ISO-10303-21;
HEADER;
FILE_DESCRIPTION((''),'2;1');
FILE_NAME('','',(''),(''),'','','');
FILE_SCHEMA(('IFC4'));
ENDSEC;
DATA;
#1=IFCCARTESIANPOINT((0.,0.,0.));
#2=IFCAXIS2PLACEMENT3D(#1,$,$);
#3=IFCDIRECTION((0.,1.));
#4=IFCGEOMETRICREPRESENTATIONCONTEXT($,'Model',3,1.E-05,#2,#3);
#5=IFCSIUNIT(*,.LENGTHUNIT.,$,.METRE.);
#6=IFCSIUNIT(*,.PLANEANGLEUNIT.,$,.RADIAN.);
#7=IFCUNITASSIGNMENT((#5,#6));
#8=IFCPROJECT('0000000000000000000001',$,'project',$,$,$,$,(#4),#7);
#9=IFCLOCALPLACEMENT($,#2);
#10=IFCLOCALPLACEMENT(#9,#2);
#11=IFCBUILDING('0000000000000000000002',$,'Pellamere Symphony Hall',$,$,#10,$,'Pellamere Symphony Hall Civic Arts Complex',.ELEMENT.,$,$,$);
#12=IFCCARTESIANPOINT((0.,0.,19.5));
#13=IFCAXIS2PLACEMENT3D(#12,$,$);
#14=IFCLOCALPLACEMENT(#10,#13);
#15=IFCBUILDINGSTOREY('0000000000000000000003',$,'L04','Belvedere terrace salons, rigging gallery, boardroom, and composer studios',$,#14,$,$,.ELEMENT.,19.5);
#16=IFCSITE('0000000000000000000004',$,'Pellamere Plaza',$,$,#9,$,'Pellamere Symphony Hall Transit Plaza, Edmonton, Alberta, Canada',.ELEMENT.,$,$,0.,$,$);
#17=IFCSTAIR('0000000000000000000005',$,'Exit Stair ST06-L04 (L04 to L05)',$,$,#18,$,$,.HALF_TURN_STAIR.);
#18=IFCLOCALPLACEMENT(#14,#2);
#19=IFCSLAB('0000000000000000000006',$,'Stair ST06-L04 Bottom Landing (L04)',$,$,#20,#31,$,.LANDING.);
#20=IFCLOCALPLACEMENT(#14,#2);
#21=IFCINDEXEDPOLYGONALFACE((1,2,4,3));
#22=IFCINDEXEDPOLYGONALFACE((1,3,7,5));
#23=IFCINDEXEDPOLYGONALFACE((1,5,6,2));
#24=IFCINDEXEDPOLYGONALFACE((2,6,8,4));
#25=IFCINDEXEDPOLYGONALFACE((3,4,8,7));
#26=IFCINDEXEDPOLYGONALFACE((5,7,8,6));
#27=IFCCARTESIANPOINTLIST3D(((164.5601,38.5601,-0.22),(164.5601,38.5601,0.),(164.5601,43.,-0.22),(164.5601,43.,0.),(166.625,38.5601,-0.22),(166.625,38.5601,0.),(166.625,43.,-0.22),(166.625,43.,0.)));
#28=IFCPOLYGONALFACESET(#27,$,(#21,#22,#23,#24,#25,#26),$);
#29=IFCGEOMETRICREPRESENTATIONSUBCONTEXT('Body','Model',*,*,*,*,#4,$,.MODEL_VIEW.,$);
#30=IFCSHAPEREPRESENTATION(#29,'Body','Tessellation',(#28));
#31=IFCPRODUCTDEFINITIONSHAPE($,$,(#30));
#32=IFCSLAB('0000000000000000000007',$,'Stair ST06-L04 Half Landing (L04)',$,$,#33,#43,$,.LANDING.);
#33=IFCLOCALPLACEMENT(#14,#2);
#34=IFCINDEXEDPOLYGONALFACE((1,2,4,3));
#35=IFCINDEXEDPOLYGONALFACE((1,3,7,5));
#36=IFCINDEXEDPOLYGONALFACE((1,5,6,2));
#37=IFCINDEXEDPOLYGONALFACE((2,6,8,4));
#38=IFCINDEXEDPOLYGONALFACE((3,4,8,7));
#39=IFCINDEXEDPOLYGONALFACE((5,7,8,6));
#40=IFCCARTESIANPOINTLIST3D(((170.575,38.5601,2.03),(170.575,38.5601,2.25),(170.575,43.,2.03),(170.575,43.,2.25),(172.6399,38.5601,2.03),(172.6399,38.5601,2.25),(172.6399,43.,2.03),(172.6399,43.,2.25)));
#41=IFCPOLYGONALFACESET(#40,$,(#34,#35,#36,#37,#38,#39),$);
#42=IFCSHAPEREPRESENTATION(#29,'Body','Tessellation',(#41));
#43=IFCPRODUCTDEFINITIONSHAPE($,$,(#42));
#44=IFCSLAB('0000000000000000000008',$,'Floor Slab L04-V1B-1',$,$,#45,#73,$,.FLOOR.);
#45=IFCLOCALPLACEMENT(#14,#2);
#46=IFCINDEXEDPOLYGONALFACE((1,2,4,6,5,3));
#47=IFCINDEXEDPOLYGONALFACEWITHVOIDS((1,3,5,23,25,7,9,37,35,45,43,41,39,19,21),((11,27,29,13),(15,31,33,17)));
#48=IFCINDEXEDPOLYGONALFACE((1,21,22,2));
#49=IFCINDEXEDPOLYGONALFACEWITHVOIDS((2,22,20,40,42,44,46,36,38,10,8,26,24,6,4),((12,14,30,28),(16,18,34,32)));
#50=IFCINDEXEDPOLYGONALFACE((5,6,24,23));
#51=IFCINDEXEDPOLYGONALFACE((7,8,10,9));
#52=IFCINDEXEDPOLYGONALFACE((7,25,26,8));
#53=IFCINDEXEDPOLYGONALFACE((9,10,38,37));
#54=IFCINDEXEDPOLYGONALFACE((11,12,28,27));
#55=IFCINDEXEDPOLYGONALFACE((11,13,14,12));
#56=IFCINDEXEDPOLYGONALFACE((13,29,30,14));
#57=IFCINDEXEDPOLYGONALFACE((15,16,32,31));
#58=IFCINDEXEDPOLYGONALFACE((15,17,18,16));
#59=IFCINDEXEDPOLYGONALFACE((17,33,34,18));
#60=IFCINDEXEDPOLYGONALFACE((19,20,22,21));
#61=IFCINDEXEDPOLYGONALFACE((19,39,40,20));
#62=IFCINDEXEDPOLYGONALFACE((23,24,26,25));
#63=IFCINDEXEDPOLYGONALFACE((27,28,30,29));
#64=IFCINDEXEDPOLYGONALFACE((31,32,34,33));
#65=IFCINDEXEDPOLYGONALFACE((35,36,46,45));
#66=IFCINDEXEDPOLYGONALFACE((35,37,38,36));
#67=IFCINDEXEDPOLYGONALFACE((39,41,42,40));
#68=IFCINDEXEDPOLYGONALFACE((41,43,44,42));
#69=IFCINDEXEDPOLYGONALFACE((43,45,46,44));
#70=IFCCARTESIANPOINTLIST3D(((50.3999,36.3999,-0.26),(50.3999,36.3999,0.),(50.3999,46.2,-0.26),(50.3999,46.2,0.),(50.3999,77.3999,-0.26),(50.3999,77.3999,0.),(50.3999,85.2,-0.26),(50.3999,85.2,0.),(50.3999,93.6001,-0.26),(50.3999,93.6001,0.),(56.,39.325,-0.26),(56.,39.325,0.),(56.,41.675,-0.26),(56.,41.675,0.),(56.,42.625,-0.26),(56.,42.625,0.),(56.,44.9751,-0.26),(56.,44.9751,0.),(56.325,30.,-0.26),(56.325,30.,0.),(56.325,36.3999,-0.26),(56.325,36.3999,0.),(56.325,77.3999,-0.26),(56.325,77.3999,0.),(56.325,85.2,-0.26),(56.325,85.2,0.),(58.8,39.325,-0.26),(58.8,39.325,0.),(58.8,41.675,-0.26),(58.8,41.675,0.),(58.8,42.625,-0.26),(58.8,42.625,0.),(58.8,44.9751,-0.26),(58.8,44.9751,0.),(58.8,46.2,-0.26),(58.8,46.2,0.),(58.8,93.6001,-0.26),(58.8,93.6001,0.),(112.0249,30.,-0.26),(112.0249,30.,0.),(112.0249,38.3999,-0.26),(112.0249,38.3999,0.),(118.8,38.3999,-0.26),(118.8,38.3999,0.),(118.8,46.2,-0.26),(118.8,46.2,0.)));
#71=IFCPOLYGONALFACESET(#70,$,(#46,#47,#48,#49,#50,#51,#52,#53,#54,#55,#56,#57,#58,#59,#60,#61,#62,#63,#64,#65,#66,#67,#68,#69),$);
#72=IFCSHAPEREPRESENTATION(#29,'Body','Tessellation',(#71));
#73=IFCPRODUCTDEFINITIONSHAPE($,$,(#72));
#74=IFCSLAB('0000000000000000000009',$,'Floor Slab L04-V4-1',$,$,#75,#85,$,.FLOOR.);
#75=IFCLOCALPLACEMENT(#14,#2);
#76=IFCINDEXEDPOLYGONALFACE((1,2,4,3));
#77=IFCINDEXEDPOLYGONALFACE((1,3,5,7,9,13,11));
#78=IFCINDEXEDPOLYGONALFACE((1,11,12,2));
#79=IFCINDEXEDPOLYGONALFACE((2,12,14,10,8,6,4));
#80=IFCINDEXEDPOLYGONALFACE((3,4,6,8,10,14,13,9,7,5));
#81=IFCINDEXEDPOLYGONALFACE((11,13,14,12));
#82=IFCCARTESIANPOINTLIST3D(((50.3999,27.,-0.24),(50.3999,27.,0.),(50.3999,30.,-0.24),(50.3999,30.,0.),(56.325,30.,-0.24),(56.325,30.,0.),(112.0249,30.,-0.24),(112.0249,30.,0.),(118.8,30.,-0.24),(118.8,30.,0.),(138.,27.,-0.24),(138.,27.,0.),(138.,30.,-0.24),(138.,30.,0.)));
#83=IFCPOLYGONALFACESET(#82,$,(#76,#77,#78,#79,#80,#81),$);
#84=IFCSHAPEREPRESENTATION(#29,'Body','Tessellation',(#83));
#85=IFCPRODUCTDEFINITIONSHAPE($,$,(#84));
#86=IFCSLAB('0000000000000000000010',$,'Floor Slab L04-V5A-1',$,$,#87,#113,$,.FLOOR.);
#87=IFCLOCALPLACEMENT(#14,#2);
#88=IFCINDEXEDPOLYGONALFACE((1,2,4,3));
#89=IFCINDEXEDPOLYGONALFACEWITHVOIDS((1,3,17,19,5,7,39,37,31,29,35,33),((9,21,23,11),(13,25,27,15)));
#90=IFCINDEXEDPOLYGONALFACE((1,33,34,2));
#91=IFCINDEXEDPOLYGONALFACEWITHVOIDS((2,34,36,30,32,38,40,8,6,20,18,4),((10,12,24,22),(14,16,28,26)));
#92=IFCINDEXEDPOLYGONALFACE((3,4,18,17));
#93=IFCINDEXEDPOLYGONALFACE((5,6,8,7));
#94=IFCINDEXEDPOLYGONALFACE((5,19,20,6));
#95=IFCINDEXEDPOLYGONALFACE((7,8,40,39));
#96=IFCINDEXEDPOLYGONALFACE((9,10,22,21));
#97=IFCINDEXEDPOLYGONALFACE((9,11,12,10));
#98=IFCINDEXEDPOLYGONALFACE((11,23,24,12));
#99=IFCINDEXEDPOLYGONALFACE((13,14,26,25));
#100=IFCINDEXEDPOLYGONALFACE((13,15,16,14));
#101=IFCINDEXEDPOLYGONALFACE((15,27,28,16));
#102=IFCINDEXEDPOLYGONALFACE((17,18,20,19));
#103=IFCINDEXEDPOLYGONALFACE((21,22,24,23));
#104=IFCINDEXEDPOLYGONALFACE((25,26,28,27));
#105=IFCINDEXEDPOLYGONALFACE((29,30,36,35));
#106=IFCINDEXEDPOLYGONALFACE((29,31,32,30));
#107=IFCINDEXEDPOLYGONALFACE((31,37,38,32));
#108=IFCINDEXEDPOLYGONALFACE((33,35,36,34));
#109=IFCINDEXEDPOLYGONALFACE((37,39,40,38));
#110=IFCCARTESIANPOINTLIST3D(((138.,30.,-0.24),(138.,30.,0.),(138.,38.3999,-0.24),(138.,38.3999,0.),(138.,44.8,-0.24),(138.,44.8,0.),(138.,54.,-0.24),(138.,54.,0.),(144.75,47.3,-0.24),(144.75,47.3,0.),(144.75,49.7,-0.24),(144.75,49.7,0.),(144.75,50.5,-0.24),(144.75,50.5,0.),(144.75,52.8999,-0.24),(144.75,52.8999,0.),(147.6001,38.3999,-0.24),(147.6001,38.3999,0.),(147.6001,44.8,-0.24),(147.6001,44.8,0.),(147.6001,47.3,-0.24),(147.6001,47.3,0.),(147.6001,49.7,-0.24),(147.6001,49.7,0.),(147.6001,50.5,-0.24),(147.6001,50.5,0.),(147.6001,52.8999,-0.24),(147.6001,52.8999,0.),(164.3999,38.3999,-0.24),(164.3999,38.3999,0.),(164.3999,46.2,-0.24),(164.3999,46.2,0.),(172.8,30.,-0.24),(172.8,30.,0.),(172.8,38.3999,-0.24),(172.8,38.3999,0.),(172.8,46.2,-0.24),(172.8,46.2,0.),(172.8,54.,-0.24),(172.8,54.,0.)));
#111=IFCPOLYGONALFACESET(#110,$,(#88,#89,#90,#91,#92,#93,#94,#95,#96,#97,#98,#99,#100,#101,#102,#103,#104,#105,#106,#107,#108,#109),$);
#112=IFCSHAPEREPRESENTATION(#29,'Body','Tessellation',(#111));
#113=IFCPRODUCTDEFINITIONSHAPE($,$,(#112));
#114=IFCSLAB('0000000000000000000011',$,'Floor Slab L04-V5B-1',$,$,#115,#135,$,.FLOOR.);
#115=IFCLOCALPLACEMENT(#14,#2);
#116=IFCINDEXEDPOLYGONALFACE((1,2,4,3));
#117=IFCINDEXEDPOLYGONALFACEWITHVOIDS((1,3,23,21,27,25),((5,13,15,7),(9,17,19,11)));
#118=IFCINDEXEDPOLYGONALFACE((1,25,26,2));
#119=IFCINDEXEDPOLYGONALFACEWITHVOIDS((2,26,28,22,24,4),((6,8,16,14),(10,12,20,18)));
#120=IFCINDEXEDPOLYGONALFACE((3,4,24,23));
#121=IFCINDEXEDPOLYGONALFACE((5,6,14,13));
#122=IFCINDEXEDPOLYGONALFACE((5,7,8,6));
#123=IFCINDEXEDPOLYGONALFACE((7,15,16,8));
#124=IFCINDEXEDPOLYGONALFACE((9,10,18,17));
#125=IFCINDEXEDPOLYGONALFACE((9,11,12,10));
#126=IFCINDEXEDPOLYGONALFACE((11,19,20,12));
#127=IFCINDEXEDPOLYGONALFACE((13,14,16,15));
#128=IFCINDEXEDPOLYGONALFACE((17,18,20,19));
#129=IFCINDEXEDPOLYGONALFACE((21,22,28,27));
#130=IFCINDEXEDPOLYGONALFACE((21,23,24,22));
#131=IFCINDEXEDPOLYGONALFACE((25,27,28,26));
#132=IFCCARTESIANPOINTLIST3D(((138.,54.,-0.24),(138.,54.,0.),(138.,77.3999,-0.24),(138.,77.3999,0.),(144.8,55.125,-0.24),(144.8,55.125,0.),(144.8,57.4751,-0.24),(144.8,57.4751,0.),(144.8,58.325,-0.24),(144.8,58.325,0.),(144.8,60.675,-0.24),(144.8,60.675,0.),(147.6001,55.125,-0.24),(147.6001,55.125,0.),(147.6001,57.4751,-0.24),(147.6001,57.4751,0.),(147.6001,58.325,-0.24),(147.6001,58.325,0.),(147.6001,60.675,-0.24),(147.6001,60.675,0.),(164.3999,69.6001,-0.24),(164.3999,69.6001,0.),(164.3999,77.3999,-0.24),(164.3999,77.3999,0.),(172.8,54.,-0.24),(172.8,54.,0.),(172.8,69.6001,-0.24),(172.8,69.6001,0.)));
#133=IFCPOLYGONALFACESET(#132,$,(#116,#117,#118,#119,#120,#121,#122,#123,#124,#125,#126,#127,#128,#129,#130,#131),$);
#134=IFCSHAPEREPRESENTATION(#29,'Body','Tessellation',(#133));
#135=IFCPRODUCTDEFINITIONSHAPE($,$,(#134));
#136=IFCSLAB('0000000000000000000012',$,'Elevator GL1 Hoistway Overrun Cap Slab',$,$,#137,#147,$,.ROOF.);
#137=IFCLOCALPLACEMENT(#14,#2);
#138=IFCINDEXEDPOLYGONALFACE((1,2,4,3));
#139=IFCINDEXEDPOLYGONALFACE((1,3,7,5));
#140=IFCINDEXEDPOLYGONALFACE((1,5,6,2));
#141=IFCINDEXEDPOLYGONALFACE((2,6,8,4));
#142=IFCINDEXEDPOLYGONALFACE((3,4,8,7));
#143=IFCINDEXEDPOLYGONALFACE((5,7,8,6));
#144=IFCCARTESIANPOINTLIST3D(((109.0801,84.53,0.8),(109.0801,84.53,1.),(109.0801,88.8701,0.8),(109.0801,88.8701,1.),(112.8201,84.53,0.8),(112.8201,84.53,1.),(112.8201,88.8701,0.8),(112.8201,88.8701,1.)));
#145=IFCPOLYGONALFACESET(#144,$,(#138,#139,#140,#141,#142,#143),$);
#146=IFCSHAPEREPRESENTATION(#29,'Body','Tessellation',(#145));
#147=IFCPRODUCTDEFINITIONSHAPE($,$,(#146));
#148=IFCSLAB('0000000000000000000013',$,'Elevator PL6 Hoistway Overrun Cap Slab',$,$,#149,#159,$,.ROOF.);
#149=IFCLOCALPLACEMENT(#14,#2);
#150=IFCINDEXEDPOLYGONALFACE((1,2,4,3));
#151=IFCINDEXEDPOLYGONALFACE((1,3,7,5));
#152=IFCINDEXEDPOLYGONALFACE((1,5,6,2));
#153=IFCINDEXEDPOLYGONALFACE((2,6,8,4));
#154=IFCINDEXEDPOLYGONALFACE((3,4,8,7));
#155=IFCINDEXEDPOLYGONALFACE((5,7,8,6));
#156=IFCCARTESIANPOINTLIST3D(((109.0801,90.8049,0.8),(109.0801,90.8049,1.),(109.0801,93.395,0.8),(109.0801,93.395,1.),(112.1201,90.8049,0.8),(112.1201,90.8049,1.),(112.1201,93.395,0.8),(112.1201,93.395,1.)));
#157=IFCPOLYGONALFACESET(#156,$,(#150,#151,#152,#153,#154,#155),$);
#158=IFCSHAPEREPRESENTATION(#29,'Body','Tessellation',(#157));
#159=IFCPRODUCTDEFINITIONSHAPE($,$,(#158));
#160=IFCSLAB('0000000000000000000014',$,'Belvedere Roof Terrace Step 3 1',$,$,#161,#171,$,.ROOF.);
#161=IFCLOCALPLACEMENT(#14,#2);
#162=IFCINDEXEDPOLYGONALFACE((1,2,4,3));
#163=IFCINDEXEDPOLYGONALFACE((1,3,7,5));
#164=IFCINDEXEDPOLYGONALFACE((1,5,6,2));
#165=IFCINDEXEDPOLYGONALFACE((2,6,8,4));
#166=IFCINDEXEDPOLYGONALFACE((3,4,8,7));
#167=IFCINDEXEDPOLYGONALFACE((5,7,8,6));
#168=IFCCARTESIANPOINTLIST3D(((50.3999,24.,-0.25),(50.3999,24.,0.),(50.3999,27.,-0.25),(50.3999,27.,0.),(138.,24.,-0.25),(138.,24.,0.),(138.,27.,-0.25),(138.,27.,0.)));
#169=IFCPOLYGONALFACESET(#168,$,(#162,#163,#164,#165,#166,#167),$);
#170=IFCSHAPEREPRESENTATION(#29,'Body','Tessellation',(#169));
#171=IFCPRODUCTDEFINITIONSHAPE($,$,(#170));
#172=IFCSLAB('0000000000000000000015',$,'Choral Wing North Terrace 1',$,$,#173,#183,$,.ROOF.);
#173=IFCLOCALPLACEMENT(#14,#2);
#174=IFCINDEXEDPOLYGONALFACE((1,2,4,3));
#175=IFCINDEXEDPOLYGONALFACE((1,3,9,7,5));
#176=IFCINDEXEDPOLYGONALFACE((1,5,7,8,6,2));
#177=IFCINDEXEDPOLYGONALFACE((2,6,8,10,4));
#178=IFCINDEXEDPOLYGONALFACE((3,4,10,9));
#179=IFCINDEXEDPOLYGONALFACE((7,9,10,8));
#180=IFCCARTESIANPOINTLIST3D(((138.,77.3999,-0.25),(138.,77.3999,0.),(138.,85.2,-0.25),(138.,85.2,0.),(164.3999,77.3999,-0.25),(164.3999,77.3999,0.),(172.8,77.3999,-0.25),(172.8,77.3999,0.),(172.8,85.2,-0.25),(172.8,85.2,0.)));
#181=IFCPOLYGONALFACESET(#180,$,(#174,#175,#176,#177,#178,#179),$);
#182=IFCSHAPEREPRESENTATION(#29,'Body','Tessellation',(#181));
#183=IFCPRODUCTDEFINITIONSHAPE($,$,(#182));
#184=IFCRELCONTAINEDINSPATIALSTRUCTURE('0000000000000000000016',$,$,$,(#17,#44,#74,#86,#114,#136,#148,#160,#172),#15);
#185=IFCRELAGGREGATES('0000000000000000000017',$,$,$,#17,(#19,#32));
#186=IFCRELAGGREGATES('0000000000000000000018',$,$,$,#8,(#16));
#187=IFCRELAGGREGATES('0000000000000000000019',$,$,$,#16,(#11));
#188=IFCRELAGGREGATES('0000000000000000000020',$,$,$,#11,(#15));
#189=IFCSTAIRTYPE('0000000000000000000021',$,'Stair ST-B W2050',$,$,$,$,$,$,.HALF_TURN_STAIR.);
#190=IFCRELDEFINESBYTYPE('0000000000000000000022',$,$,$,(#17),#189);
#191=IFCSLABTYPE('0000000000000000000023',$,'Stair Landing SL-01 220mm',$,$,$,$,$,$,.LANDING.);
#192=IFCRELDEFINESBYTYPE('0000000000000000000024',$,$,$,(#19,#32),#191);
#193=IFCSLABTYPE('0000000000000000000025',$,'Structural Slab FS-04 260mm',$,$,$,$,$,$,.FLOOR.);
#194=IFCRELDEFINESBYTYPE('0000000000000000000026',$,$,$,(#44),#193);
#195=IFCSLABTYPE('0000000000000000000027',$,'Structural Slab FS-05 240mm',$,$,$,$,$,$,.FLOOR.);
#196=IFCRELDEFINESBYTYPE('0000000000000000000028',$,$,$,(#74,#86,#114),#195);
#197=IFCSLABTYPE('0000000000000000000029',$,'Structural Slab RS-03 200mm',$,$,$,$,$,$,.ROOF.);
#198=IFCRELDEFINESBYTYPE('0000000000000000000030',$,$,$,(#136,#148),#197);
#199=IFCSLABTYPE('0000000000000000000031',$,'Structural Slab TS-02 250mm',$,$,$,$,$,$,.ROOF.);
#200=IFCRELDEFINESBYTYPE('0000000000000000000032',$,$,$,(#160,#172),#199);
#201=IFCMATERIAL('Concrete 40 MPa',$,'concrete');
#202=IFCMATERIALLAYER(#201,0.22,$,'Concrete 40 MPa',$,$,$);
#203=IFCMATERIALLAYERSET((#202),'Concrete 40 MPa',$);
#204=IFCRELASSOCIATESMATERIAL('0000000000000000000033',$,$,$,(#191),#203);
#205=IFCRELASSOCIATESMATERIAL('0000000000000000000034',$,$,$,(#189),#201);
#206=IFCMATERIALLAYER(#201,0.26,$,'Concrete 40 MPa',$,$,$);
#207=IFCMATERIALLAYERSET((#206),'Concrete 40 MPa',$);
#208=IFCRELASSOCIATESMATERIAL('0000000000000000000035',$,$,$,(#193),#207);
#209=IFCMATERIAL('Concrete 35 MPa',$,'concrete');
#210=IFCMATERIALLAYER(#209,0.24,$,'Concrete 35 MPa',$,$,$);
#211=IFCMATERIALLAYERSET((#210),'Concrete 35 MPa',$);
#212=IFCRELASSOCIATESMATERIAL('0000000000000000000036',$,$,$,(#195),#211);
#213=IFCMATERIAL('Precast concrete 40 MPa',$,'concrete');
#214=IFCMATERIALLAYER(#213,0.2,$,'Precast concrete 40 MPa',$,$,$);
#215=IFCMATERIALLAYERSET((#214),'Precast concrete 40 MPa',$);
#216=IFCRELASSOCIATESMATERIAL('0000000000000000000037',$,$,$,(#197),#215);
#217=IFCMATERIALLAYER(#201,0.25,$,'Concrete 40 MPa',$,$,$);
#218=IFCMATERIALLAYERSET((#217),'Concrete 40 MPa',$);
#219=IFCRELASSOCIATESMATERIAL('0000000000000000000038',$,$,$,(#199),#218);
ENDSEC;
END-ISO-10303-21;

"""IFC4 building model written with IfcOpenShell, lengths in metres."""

from ifc_helpers import new_model, si_unit, direction, frame, origin, place, context, subcontext, project, spatial, polyline, outline, extrude, material, layer, layer_set, type_object, element, aggregate, save


model = new_model("IFC4")

# Units and contexts
model_context = context("Model", 3, precision=1e-05, world=origin(), true_north=direction((0.0, 1.0)))
body_context = subcontext(model_context, "Body", "Model", "MODEL_VIEW")
ifc_project = project(units=[si_unit("LENGTHUNIT", "METRE"), si_unit("PLANEANGLEUNIT", "RADIAN")], contexts=[model_context])

# Site, building, storey
site_placement = place(None, origin())
site = spatial("IfcSite", under=ifc_project, at=site_placement, Name="Pellamere Plaza", LongName="Pellamere Symphony Hall Transit Plaza, Edmonton, Alberta, Canada", CompositionType="ELEMENT", RefElevation=0.0)
building_placement = place(site_placement, origin())
building = spatial("IfcBuilding", under=site, at=building_placement, Name="Pellamere Symphony Hall", LongName="Pellamere Symphony Hall Civic Arts Complex", CompositionType="ELEMENT")
storey_placement = place(building_placement, frame((0.0, 0.0, 19.5)))
storey = spatial("IfcBuildingStorey", under=building, at=storey_placement, Name="L04", Description="Belvedere terrace salons, rigging gallery, boardroom, and composer studios", CompositionType="ELEMENT", Elevation=19.5)

# Stair, slabs
ifc_material_1 = material(Name="Concrete 40 MPa", Category="concrete")
ifc_layer_1 = layer(ifc_material_1, 0.22, Name="Concrete 40 MPa")
ifc_layer_set_1 = layer_set([ifc_layer_1], Name="Concrete 40 MPa")
slab_type_1 = type_object("IfcSlabType", Name="Stair Landing SL-01 220mm", PredefinedType="LANDING", material=ifc_layer_set_1)
stair_type_1 = type_object("IfcStairType", Name="Stair ST-B W2050", PredefinedType="HALF_TURN_STAIR", material=ifc_material_1)
stair_1_placement = place(storey_placement, origin())
stair_1 = element("IfcStair", 1, at=stair_1_placement, inside=storey, type_object=stair_type_1, Name="Exit Stair ST06-L04 (L04 to L05)", PredefinedType="HALF_TURN_STAIR")
slab_1_placement = place(storey_placement, frame((0.0, 0.0, -0.22)))
slab_1 = element("IfcSlab", 2, at=slab_1_placement, type_object=slab_type_1, Name="Stair ST06-L04 Bottom Landing (L04)", PredefinedType="LANDING", context=body_context, shape_type="SweptSolid", body=[
    extrude(outline(polyline([(164.5601, 38.5601), (166.625, 38.5601), (166.625, 43.0), (164.5601, 43.0), (164.5601, 38.5601)])), origin(), (0.0, 0.0, 1.0), 0.22),
])
slab_2_placement = place(storey_placement, frame((0.0, 0.0, 2.03)))
slab_2 = element("IfcSlab", 3, at=slab_2_placement, type_object=slab_type_1, Name="Stair ST06-L04 Half Landing (L04)", PredefinedType="LANDING", context=body_context, shape_type="SweptSolid", body=[
    extrude(outline(polyline([(170.575, 38.5601), (172.6399, 38.5601), (172.6399, 43.0), (170.575, 43.0), (170.575, 38.5601)])), origin(), (0.0, 0.0, 1.0), 0.22),
])
aggregate(stair_1, [slab_1, slab_2])

# Slabs
ifc_layer_2 = layer(ifc_material_1, 0.26, Name="Concrete 40 MPa")
ifc_layer_set_2 = layer_set([ifc_layer_2], Name="Concrete 40 MPa")
slab_type_2 = type_object("IfcSlabType", Name="Structural Slab FS-04 260mm", PredefinedType="FLOOR", material=ifc_layer_set_2)
slab_3_placement = place(storey_placement, frame((0.0, 0.0, -0.26)))
element("IfcSlab", 4, at=slab_3_placement, inside=storey, type_object=slab_type_2, Name="Floor Slab L04-V1B-1", PredefinedType="FLOOR", context=body_context, shape_type="SweptSolid", body=[
    extrude(outline(polyline([(118.8, 38.3999), (112.0249, 38.3999), (112.0249, 30.0), (56.325, 30.0), (56.325, 36.3999), (50.3999, 36.3999), (50.3999, 46.2), (50.3999, 77.3999), (56.325, 77.3999), (56.325, 85.2), (50.3999, 85.2), (50.3999, 93.6001), (58.8, 93.6001), (58.8, 46.2), (118.8, 46.2), (118.8, 38.3999)]), holes=[polyline([(58.8, 41.675), (56.0, 41.675), (56.0, 39.325), (58.8, 39.325), (58.8, 41.675)]), polyline([(58.8, 44.9751), (56.0, 44.9751), (56.0, 42.625), (58.8, 42.625), (58.8, 44.9751)])]), origin(), (0.0, 0.0, 1.0), 0.26),
])
ifc_material_2 = material(Name="Concrete 35 MPa", Category="concrete")
ifc_layer_3 = layer(ifc_material_2, 0.24, Name="Concrete 35 MPa")
ifc_layer_set_3 = layer_set([ifc_layer_3], Name="Concrete 35 MPa")
slab_type_3 = type_object("IfcSlabType", Name="Structural Slab FS-05 240mm", PredefinedType="FLOOR", material=ifc_layer_set_3)
slab_4_placement = place(storey_placement, frame((0.0, 0.0, -0.24)))
element("IfcSlab", 5, at=slab_4_placement, inside=storey, type_object=slab_type_3, Name="Floor Slab L04-V4-1", PredefinedType="FLOOR", context=body_context, shape_type="SweptSolid", body=[
    extrude(outline(polyline([(138.0, 30.0), (138.0, 27.0), (50.3999, 27.0), (50.3999, 30.0), (56.325, 30.0), (112.0249, 30.0), (118.8, 30.0), (138.0, 30.0)])), origin(), (0.0, 0.0, 1.0), 0.24),
])
slab_5_placement = place(storey_placement, frame((0.0, 0.0, -0.24)))
element("IfcSlab", 6, at=slab_5_placement, inside=storey, type_object=slab_type_3, Name="Floor Slab L04-V5A-1", PredefinedType="FLOOR", context=body_context, shape_type="SweptSolid", body=[
    extrude(outline(polyline([(172.8, 30.0), (138.0, 30.0), (138.0, 38.3999), (147.6001, 38.3999), (147.6001, 44.8), (138.0, 44.8), (138.0, 54.0), (172.8, 54.0), (172.8, 46.2), (164.3999, 46.2), (164.3999, 38.3999), (172.8, 38.3999), (172.8, 30.0)]), holes=[polyline([(147.6001, 49.7), (144.75, 49.7), (144.75, 47.3), (147.6001, 47.3), (147.6001, 49.7)]), polyline([(147.6001, 52.8999), (144.75, 52.8999), (144.75, 50.5), (147.6001, 50.5), (147.6001, 52.8999)])]), origin(), (0.0, 0.0, 1.0), 0.24),
])
slab_6_placement = place(storey_placement, frame((0.0, 0.0, -0.24)))
element("IfcSlab", 7, at=slab_6_placement, inside=storey, type_object=slab_type_3, Name="Floor Slab L04-V5B-1", PredefinedType="FLOOR", context=body_context, shape_type="SweptSolid", body=[
    extrude(outline(polyline([(172.8, 54.0), (138.0, 54.0), (138.0, 77.3999), (164.3999, 77.3999), (164.3999, 69.6001), (172.8, 69.6001), (172.8, 54.0)]), holes=[polyline([(144.8, 57.4751), (144.8, 55.125), (147.6001, 55.125), (147.6001, 57.4751), (144.8, 57.4751)]), polyline([(147.6001, 60.675), (144.8, 60.675), (144.8, 58.325), (147.6001, 58.325), (147.6001, 60.675)])]), origin(), (0.0, 0.0, 1.0), 0.24),
])
ifc_material_3 = material(Name="Precast concrete 40 MPa", Category="concrete")
ifc_layer_4 = layer(ifc_material_3, 0.2, Name="Precast concrete 40 MPa")
ifc_layer_set_4 = layer_set([ifc_layer_4], Name="Precast concrete 40 MPa")
slab_type_4 = type_object("IfcSlabType", Name="Structural Slab RS-03 200mm", PredefinedType="ROOF", material=ifc_layer_set_4)
slab_7_placement = place(storey_placement, frame((0.0, 0.0, 0.8)))
element("IfcSlab", 8, at=slab_7_placement, inside=storey, type_object=slab_type_4, Name="Elevator GL1 Hoistway Overrun Cap Slab", PredefinedType="ROOF", context=body_context, shape_type="SweptSolid", body=[
    extrude(outline(polyline([(109.0801, 84.53), (112.8201, 84.53), (112.8201, 88.8701), (109.0801, 88.8701), (109.0801, 84.53)])), origin(), (0.0, 0.0, 1.0), 0.2),
])
slab_8_placement = place(storey_placement, frame((0.0, 0.0, 0.8)))
element("IfcSlab", 9, at=slab_8_placement, inside=storey, type_object=slab_type_4, Name="Elevator PL6 Hoistway Overrun Cap Slab", PredefinedType="ROOF", context=body_context, shape_type="SweptSolid", body=[
    extrude(outline(polyline([(109.0801, 90.8049), (112.1201, 90.8049), (112.1201, 93.395), (109.0801, 93.395), (109.0801, 90.8049)])), origin(), (0.0, 0.0, 1.0), 0.2),
])
ifc_layer_5 = layer(ifc_material_1, 0.25, Name="Concrete 40 MPa")
ifc_layer_set_5 = layer_set([ifc_layer_5], Name="Concrete 40 MPa")
slab_type_5 = type_object("IfcSlabType", Name="Structural Slab TS-02 250mm", PredefinedType="ROOF", material=ifc_layer_set_5)
slab_9_placement = place(storey_placement, frame((0.0, 0.0, -0.25)))
element("IfcSlab", 10, at=slab_9_placement, inside=storey, type_object=slab_type_5, Name="Belvedere Roof Terrace Step 3 1", PredefinedType="ROOF", context=body_context, shape_type="SweptSolid", body=[
    extrude(outline(polyline([(50.3999, 24.0), (50.3999, 27.0), (138.0, 27.0), (138.0, 24.0), (50.3999, 24.0)])), origin(), (0.0, 0.0, 1.0), 0.25),
])
slab_10_placement = place(storey_placement, frame((0.0, 0.0, -0.25)))
element("IfcSlab", 11, at=slab_10_placement, inside=storey, type_object=slab_type_5, Name="Choral Wing North Terrace 1", PredefinedType="ROOF", context=body_context, shape_type="SweptSolid", body=[
    extrude(outline(polyline([(138.0, 77.3999), (138.0, 85.2), (172.8, 85.2), (172.8, 77.3999), (164.3999, 77.3999), (138.0, 77.3999)])), origin(), (0.0, 0.0, 1.0), 0.25),
])

save(model, "model.ifc")
